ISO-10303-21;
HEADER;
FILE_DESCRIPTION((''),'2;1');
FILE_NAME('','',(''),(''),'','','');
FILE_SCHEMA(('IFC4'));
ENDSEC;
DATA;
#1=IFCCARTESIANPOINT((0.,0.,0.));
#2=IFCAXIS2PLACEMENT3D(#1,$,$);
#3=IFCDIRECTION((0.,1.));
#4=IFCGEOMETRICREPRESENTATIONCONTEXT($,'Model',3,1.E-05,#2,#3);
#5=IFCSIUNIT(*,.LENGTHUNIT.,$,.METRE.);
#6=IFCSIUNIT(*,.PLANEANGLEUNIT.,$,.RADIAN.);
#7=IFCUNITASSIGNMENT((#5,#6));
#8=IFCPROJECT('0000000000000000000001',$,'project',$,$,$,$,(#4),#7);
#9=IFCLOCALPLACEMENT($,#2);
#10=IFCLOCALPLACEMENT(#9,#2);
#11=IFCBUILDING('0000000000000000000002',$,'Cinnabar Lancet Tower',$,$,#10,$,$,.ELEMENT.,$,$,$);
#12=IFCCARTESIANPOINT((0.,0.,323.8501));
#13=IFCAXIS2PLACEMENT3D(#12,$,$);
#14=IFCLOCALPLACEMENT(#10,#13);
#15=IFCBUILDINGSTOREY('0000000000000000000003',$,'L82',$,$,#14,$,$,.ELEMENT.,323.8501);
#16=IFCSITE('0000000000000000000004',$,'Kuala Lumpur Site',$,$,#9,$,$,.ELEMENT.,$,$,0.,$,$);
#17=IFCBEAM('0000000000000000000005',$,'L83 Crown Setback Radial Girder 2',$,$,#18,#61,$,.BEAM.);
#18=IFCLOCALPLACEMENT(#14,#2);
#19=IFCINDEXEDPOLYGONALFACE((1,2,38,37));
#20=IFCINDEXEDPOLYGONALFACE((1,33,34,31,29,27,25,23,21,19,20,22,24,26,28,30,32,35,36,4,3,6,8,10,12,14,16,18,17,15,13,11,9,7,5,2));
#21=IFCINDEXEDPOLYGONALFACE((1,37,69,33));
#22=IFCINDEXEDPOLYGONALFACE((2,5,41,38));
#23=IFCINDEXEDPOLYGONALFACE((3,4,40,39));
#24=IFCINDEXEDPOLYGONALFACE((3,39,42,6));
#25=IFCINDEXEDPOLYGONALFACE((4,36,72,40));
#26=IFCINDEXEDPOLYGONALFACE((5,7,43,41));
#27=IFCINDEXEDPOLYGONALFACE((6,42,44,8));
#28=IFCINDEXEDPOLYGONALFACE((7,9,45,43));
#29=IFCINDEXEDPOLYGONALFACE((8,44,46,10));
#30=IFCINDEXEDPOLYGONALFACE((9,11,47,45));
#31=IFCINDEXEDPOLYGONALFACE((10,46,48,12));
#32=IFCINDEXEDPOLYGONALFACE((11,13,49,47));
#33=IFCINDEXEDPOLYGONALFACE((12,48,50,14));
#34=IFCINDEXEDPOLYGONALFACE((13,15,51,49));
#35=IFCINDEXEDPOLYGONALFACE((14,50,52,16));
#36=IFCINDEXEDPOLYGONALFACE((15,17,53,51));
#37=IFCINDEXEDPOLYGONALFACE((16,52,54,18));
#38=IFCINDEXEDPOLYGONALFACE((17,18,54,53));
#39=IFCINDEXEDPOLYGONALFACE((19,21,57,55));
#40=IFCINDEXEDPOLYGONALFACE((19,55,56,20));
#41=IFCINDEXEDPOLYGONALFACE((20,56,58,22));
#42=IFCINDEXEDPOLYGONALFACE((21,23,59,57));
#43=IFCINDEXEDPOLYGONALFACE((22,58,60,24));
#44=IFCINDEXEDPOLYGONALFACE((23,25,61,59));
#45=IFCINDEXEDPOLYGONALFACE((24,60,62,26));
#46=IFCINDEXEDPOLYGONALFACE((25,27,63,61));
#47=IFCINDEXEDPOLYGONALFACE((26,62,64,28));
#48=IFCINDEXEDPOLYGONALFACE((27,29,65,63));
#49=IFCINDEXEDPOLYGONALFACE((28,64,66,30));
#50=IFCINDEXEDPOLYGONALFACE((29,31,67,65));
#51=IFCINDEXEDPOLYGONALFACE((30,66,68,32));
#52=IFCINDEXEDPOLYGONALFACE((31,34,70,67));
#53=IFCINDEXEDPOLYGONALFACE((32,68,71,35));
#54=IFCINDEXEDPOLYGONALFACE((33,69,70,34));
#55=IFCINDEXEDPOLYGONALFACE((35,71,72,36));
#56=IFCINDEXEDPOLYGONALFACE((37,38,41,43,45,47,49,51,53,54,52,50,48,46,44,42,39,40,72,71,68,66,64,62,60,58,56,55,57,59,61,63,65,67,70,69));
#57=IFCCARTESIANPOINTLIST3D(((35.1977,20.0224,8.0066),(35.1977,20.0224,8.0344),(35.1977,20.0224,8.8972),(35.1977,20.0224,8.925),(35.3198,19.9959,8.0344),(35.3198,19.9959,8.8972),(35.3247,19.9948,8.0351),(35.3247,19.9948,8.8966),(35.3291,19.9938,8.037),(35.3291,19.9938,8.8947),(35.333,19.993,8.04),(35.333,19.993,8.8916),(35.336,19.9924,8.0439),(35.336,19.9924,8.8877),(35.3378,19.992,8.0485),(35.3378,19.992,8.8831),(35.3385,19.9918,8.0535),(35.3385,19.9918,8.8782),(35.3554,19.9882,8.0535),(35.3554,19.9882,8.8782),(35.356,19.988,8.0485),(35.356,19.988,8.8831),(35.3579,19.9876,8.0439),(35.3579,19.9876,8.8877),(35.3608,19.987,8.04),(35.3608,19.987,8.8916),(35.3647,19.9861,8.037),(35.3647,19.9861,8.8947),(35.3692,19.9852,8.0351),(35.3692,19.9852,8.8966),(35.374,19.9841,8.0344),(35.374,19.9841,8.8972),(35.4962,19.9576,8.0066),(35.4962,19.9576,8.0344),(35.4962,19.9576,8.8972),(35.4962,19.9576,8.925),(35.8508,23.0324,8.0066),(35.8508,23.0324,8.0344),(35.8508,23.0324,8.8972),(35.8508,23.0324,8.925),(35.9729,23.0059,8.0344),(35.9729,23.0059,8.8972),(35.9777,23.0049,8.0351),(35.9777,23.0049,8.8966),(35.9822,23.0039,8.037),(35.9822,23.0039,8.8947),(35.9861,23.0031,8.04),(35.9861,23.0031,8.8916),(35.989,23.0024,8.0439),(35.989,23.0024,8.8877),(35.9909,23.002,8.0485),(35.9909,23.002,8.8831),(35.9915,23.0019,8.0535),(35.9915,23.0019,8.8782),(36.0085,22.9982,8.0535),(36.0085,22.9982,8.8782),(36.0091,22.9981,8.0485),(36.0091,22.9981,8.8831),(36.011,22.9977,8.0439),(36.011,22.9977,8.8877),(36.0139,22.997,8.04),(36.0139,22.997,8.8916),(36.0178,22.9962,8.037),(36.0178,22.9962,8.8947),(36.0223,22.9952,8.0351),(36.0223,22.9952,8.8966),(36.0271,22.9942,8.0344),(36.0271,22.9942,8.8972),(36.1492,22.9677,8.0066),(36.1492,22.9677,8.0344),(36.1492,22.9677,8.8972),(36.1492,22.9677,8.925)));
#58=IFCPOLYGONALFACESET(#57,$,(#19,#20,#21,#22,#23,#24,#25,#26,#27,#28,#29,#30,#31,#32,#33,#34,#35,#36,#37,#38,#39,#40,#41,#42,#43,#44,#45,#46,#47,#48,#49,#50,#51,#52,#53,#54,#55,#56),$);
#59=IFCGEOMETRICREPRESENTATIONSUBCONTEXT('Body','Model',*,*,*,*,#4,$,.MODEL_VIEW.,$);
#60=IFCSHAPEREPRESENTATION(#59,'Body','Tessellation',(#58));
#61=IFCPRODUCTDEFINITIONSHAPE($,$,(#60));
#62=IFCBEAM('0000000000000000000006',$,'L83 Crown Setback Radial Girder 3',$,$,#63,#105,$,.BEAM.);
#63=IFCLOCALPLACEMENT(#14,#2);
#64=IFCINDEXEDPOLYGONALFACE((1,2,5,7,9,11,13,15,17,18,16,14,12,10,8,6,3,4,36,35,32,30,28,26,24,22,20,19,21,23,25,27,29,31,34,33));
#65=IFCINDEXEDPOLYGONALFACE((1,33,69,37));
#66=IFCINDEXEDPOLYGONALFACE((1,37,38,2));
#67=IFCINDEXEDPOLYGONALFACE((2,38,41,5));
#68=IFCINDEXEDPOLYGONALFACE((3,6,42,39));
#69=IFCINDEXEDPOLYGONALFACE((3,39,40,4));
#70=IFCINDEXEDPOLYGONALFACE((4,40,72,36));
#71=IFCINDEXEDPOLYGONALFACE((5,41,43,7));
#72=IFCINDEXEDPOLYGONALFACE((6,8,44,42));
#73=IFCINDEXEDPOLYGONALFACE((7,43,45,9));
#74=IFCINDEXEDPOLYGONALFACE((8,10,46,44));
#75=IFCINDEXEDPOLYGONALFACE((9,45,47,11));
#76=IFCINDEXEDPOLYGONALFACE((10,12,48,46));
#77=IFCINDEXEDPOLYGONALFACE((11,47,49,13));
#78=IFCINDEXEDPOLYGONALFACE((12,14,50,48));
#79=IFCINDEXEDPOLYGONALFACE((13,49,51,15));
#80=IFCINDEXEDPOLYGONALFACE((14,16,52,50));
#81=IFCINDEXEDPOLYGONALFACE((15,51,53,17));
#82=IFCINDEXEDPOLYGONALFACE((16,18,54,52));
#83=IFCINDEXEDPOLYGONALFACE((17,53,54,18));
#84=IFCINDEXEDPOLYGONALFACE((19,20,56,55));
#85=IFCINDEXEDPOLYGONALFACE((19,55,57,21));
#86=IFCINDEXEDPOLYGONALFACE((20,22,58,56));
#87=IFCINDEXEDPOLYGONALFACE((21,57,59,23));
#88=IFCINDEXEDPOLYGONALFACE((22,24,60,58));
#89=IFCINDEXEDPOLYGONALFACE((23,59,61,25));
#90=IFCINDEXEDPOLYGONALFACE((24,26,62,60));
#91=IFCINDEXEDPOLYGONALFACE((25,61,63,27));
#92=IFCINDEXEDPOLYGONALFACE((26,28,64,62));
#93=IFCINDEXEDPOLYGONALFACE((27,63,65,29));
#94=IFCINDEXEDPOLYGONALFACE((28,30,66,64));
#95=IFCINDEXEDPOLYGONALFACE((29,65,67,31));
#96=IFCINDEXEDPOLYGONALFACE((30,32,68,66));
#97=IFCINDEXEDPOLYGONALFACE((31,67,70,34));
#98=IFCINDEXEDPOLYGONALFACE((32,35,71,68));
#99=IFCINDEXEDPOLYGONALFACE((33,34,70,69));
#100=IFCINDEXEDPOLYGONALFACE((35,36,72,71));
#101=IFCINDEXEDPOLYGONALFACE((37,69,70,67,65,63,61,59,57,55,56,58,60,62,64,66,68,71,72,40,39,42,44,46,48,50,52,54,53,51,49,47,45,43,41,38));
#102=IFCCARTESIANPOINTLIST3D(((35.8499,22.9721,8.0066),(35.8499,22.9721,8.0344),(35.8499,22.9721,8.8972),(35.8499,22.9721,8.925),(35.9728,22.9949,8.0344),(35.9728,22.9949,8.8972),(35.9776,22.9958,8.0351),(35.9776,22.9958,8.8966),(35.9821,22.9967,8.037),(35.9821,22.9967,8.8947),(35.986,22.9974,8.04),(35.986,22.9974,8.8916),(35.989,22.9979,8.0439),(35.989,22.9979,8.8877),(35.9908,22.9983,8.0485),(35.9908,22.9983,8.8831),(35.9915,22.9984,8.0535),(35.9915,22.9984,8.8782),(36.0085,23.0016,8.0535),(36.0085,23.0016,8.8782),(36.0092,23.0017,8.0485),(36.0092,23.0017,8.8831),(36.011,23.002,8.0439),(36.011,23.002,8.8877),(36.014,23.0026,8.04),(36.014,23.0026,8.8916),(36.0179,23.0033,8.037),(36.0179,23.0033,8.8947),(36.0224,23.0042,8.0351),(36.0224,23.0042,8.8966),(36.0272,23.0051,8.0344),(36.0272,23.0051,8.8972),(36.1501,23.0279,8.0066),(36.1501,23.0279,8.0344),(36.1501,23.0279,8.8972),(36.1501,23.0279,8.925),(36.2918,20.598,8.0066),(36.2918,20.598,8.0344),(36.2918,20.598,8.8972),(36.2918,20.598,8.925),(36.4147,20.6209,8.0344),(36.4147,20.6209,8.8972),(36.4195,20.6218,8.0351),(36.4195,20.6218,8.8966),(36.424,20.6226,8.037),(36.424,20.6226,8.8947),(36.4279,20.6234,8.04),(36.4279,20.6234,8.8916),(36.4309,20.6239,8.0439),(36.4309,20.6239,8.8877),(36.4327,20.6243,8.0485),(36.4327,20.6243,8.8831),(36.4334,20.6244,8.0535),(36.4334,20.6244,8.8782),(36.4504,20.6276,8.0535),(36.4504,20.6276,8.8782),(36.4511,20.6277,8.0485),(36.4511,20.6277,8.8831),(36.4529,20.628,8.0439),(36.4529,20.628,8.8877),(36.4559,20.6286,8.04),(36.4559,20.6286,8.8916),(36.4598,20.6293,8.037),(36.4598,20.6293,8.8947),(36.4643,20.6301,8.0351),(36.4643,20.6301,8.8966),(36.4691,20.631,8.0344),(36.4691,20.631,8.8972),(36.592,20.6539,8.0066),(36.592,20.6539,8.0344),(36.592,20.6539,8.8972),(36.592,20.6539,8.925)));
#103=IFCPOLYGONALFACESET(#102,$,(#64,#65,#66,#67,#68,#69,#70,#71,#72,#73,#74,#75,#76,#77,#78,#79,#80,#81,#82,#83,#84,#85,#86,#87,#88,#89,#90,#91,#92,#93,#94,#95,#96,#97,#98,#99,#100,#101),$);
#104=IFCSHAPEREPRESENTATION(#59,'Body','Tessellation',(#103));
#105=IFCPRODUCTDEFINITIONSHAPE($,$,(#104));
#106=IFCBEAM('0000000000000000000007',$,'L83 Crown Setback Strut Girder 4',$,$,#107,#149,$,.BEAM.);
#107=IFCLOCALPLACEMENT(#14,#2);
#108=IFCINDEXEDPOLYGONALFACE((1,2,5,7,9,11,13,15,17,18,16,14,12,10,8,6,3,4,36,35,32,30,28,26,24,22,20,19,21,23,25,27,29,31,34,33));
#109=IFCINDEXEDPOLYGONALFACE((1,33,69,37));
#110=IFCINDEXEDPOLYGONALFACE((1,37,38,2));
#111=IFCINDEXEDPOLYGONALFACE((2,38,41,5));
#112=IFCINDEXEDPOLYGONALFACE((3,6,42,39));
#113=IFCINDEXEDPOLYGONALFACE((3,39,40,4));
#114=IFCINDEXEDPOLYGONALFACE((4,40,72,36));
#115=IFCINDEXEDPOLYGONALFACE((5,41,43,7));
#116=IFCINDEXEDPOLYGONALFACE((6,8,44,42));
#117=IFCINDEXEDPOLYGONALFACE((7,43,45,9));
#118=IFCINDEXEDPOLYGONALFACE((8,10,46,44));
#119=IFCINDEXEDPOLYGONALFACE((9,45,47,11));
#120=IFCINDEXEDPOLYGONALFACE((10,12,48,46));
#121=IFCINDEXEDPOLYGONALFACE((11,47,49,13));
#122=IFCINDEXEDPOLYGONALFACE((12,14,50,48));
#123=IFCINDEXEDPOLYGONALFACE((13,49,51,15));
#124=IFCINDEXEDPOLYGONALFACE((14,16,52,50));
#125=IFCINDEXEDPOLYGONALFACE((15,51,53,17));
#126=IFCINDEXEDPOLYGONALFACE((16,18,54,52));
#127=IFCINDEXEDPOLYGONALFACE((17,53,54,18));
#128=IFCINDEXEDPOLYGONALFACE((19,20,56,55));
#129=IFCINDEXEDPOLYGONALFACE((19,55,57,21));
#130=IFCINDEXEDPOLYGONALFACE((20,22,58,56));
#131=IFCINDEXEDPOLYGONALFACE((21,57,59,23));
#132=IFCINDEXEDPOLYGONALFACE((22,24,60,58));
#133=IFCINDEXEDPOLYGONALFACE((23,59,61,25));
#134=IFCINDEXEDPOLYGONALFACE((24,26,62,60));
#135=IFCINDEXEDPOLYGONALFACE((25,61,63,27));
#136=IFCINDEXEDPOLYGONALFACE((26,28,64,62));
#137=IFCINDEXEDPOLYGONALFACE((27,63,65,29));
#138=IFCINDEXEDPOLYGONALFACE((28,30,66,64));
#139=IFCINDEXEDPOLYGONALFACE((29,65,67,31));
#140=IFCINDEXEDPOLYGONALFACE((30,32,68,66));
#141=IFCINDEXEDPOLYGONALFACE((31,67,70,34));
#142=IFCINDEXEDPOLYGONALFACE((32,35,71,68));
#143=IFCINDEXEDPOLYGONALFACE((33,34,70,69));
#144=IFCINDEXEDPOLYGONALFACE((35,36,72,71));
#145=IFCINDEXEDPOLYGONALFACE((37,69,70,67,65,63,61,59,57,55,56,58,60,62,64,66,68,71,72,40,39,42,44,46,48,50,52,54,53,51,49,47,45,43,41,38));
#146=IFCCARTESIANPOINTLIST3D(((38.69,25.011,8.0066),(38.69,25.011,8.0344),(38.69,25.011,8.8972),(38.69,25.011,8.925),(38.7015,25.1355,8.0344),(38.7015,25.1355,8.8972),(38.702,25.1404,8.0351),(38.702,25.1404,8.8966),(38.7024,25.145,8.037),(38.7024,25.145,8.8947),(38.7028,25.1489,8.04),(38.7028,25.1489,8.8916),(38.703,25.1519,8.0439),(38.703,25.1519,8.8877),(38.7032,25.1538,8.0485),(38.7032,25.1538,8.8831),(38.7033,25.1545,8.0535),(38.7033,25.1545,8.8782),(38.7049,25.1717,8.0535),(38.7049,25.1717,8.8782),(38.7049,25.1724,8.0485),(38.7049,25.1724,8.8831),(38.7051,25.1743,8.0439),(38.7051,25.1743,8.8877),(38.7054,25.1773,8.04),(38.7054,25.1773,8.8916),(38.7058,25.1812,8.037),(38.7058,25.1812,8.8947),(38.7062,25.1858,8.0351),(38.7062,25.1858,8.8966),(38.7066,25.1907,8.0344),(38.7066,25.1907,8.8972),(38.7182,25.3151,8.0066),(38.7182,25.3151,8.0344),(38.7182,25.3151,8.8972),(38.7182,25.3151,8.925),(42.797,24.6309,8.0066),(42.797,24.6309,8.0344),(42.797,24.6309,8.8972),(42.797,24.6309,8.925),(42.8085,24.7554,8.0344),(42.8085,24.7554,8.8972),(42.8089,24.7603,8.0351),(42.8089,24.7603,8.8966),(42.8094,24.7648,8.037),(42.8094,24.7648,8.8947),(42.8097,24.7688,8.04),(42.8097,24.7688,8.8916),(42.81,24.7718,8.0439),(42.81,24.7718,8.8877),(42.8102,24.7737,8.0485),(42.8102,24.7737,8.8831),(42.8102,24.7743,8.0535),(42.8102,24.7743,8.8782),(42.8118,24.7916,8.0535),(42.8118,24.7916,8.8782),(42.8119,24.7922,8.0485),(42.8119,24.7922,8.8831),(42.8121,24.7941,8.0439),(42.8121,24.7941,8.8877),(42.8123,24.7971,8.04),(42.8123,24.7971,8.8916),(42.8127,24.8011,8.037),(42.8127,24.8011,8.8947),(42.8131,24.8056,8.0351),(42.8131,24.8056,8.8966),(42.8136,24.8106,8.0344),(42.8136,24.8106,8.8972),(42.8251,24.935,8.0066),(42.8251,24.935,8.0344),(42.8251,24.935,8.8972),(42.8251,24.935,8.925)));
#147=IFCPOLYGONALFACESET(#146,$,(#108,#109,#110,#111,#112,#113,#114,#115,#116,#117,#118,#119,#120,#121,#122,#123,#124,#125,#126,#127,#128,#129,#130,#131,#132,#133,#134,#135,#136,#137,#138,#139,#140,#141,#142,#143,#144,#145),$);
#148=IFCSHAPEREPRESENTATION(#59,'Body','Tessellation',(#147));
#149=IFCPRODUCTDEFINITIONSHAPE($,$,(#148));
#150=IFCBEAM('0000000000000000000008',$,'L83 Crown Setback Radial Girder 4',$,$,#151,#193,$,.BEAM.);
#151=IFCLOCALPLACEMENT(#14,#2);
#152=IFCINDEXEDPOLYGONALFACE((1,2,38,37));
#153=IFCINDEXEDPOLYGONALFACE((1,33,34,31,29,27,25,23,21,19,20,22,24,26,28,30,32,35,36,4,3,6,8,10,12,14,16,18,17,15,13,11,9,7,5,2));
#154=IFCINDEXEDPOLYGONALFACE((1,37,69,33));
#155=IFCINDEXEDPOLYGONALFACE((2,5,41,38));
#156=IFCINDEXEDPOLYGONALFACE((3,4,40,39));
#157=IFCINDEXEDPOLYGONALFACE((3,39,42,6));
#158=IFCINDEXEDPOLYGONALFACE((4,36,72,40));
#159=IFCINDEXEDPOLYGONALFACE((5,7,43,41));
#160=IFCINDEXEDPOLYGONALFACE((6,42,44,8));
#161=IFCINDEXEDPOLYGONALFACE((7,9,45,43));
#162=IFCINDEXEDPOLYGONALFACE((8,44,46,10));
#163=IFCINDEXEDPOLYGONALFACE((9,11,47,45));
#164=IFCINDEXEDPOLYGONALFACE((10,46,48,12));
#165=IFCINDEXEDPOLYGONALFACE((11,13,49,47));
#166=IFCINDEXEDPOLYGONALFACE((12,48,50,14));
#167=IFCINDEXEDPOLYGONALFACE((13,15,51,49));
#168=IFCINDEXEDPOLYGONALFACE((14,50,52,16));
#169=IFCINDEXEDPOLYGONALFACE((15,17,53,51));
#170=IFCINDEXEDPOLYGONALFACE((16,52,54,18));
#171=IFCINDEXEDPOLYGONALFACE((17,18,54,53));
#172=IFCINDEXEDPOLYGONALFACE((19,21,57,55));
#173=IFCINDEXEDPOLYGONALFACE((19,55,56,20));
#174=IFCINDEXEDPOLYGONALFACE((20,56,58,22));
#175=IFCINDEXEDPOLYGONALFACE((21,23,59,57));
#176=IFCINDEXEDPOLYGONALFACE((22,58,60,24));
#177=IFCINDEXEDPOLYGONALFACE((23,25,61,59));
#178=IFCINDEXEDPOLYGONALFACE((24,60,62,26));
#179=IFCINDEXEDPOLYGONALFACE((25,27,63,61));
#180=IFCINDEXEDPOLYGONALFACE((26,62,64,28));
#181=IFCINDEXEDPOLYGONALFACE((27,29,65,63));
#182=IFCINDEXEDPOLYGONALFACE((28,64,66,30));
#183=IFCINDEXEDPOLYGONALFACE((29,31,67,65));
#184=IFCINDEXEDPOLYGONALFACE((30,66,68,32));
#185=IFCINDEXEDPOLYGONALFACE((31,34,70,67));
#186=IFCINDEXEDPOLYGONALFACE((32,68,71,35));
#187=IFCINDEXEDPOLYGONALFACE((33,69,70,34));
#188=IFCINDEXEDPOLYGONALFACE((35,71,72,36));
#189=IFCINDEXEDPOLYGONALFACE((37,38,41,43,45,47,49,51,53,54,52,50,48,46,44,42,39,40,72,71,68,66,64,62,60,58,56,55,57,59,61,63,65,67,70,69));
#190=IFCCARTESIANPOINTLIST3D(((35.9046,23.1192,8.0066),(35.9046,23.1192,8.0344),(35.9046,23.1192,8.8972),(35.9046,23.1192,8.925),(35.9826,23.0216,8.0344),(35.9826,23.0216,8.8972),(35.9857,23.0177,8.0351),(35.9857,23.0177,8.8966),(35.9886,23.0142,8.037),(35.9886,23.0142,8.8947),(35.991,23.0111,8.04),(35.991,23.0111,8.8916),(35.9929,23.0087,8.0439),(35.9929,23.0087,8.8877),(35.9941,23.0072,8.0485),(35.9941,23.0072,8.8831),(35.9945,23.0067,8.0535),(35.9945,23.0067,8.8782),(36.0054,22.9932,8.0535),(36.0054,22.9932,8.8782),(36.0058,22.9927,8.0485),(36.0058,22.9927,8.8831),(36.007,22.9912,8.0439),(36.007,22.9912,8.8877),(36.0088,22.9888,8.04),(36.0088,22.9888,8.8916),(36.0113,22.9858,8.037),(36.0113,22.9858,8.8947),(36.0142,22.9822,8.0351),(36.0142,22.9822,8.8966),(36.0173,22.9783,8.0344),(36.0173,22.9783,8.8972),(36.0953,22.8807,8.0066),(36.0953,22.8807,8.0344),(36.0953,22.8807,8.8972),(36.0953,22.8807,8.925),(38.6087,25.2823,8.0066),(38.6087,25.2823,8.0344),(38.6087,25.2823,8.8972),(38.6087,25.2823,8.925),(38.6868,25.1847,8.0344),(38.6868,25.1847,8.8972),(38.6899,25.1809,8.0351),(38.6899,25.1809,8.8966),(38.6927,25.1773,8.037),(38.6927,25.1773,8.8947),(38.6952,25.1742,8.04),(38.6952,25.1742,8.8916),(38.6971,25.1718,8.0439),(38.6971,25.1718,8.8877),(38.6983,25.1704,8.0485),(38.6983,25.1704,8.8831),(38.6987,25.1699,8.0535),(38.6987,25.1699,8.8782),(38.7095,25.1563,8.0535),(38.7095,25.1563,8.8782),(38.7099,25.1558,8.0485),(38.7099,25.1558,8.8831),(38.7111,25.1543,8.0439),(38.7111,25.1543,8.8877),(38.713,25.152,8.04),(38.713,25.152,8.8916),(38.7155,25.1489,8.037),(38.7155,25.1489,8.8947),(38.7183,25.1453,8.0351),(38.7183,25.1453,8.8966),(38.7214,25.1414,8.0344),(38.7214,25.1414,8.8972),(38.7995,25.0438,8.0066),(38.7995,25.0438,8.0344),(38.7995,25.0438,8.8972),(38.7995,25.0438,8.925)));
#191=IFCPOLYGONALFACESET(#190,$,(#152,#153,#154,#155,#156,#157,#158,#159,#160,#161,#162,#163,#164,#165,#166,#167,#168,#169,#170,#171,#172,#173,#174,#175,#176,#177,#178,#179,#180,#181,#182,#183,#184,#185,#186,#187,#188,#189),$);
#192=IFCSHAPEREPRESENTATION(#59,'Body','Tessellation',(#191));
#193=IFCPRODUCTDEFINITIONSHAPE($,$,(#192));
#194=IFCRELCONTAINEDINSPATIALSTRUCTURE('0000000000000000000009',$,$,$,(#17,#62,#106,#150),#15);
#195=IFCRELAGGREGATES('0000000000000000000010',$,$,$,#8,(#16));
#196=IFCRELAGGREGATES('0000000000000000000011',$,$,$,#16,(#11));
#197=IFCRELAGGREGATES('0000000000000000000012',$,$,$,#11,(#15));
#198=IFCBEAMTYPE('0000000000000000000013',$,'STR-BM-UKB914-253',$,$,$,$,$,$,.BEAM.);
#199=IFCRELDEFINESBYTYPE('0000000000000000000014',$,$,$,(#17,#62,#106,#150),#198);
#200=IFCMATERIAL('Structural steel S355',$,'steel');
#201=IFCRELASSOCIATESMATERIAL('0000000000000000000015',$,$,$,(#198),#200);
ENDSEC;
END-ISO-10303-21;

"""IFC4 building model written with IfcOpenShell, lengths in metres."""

from ifc_helpers import new_model, si_unit, direction, frame, origin, origin_2d, place, context, subcontext, project, spatial, i_section, extrude, material, material_profile, profile_set, type_object, element, save


model = new_model("IFC4")

# Units and contexts
model_context = context("Model", 3, precision=1e-05, world=origin(), true_north=direction((0.0, 1.0)))
body_context = subcontext(model_context, "Body", "Model", "MODEL_VIEW")
ifc_project = project(units=[si_unit("LENGTHUNIT", "METRE"), si_unit("PLANEANGLEUNIT", "RADIAN")], contexts=[model_context])

# Site, building, storey
site_placement = place(None, origin())
site = spatial("IfcSite", under=ifc_project, at=site_placement, Name="Kuala Lumpur Site", CompositionType="ELEMENT", RefElevation=0.0)
building_placement = place(site_placement, origin())
building = spatial("IfcBuilding", under=site, at=building_placement, Name="Cinnabar Lancet Tower", CompositionType="ELEMENT")
storey_placement = place(building_placement, frame((0.0, 0.0, 323.8501)))
storey = spatial("IfcBuildingStorey", under=building, at=storey_placement, Name="L82", CompositionType="ELEMENT", Elevation=323.8501)

# Beams
ifc_material_1 = material(Name="Structural steel S355", Category="steel")
ifc_material_profile_1 = material_profile(ifc_material_1, i_section(OverallWidth=0.3054, OverallDepth=0.9185, WebThickness=0.0173, FlangeThickness=0.0278, FilletRadius=0.019, at=origin_2d()), Name="UKB 914x305x253")
ifc_profile_set_1 = profile_set([ifc_material_profile_1], Name="Structural steel S355")
beam_type = type_object("IfcBeamType", Name="STR-BM-UKB914-253", PredefinedType="BEAM", material=ifc_profile_set_1)
beam_1_placement = place(storey_placement, frame((35.3469, 19.99, 8.4658), z_axis=(0.212035, 0.977262, 0.0), x_axis=(-0.977262, 0.212035, 0.0)))
element("IfcBeam", 1, at=beam_1_placement, inside=storey, type_object=beam_type, Name="L83 Crown Setback Radial Girder 2", PredefinedType="BEAM", context=body_context, shape_type="SweptSolid", body=[
    extrude(i_section(OverallWidth=0.3054, OverallDepth=0.9185, WebThickness=0.0173, FlangeThickness=0.0278, FilletRadius=0.019, at=origin_2d()), origin(), (0.0, 0.0, 1.0), 3.0801),
])
beam_2_placement = place(storey_placement, frame((36.4419, 20.626, 8.4658), z_axis=(-0.182994, 0.983114, 0.0), x_axis=(-0.983114, -0.182994, 0.0)))
element("IfcBeam", 2, at=beam_2_placement, inside=storey, type_object=beam_type, Name="L83 Crown Setback Radial Girder 3", PredefinedType="BEAM", context=body_context, shape_type="SweptSolid", body=[
    extrude(i_section(OverallWidth=0.3054, OverallDepth=0.9185, WebThickness=0.0173, FlangeThickness=0.0278, FilletRadius=0.019, at=origin_2d()), origin(), (0.0, 0.0, 1.0), 2.4148),
])
beam_3_placement = place(storey_placement, frame((42.811, 24.783, 8.4658), z_axis=(-0.995744, 0.092163, 0.0), x_axis=(-0.092163, -0.995744, 0.0)))
element("IfcBeam", 3, at=beam_3_placement, inside=storey, type_object=beam_type, Name="L83 Crown Setback Strut Girder 4", PredefinedType="BEAM", context=body_context, shape_type="SweptSolid", body=[
    extrude(i_section(OverallWidth=0.3054, OverallDepth=0.9185, WebThickness=0.0173, FlangeThickness=0.0278, FilletRadius=0.019, at=origin_2d()), origin(), (0.0, 0.0, 1.0), 4.1245),
])
for number, where, z_axis, x_axis, name in (
    (4, (38.7041, 25.1631, 8.4658), (-0.780896, -0.624661, 0.0), (0.624661, -0.780896, 0.0), "L83 Crown Setback Radial Girder 4"),
):
    element("IfcBeam", number, at=place(storey_placement, frame(where, z_axis=z_axis, x_axis=x_axis)), inside=storey, type_object=beam_type, Name=name, PredefinedType="BEAM", context=body_context, shape_type="SweptSolid", body=[
        extrude(i_section(OverallWidth=0.3054, OverallDepth=0.9185, WebThickness=0.0173, FlangeThickness=0.0278, FilletRadius=0.019, at=origin_2d()), origin(), (0.0, 0.0, 1.0), 3.4629),
    ])

save(model, "model.ifc")
